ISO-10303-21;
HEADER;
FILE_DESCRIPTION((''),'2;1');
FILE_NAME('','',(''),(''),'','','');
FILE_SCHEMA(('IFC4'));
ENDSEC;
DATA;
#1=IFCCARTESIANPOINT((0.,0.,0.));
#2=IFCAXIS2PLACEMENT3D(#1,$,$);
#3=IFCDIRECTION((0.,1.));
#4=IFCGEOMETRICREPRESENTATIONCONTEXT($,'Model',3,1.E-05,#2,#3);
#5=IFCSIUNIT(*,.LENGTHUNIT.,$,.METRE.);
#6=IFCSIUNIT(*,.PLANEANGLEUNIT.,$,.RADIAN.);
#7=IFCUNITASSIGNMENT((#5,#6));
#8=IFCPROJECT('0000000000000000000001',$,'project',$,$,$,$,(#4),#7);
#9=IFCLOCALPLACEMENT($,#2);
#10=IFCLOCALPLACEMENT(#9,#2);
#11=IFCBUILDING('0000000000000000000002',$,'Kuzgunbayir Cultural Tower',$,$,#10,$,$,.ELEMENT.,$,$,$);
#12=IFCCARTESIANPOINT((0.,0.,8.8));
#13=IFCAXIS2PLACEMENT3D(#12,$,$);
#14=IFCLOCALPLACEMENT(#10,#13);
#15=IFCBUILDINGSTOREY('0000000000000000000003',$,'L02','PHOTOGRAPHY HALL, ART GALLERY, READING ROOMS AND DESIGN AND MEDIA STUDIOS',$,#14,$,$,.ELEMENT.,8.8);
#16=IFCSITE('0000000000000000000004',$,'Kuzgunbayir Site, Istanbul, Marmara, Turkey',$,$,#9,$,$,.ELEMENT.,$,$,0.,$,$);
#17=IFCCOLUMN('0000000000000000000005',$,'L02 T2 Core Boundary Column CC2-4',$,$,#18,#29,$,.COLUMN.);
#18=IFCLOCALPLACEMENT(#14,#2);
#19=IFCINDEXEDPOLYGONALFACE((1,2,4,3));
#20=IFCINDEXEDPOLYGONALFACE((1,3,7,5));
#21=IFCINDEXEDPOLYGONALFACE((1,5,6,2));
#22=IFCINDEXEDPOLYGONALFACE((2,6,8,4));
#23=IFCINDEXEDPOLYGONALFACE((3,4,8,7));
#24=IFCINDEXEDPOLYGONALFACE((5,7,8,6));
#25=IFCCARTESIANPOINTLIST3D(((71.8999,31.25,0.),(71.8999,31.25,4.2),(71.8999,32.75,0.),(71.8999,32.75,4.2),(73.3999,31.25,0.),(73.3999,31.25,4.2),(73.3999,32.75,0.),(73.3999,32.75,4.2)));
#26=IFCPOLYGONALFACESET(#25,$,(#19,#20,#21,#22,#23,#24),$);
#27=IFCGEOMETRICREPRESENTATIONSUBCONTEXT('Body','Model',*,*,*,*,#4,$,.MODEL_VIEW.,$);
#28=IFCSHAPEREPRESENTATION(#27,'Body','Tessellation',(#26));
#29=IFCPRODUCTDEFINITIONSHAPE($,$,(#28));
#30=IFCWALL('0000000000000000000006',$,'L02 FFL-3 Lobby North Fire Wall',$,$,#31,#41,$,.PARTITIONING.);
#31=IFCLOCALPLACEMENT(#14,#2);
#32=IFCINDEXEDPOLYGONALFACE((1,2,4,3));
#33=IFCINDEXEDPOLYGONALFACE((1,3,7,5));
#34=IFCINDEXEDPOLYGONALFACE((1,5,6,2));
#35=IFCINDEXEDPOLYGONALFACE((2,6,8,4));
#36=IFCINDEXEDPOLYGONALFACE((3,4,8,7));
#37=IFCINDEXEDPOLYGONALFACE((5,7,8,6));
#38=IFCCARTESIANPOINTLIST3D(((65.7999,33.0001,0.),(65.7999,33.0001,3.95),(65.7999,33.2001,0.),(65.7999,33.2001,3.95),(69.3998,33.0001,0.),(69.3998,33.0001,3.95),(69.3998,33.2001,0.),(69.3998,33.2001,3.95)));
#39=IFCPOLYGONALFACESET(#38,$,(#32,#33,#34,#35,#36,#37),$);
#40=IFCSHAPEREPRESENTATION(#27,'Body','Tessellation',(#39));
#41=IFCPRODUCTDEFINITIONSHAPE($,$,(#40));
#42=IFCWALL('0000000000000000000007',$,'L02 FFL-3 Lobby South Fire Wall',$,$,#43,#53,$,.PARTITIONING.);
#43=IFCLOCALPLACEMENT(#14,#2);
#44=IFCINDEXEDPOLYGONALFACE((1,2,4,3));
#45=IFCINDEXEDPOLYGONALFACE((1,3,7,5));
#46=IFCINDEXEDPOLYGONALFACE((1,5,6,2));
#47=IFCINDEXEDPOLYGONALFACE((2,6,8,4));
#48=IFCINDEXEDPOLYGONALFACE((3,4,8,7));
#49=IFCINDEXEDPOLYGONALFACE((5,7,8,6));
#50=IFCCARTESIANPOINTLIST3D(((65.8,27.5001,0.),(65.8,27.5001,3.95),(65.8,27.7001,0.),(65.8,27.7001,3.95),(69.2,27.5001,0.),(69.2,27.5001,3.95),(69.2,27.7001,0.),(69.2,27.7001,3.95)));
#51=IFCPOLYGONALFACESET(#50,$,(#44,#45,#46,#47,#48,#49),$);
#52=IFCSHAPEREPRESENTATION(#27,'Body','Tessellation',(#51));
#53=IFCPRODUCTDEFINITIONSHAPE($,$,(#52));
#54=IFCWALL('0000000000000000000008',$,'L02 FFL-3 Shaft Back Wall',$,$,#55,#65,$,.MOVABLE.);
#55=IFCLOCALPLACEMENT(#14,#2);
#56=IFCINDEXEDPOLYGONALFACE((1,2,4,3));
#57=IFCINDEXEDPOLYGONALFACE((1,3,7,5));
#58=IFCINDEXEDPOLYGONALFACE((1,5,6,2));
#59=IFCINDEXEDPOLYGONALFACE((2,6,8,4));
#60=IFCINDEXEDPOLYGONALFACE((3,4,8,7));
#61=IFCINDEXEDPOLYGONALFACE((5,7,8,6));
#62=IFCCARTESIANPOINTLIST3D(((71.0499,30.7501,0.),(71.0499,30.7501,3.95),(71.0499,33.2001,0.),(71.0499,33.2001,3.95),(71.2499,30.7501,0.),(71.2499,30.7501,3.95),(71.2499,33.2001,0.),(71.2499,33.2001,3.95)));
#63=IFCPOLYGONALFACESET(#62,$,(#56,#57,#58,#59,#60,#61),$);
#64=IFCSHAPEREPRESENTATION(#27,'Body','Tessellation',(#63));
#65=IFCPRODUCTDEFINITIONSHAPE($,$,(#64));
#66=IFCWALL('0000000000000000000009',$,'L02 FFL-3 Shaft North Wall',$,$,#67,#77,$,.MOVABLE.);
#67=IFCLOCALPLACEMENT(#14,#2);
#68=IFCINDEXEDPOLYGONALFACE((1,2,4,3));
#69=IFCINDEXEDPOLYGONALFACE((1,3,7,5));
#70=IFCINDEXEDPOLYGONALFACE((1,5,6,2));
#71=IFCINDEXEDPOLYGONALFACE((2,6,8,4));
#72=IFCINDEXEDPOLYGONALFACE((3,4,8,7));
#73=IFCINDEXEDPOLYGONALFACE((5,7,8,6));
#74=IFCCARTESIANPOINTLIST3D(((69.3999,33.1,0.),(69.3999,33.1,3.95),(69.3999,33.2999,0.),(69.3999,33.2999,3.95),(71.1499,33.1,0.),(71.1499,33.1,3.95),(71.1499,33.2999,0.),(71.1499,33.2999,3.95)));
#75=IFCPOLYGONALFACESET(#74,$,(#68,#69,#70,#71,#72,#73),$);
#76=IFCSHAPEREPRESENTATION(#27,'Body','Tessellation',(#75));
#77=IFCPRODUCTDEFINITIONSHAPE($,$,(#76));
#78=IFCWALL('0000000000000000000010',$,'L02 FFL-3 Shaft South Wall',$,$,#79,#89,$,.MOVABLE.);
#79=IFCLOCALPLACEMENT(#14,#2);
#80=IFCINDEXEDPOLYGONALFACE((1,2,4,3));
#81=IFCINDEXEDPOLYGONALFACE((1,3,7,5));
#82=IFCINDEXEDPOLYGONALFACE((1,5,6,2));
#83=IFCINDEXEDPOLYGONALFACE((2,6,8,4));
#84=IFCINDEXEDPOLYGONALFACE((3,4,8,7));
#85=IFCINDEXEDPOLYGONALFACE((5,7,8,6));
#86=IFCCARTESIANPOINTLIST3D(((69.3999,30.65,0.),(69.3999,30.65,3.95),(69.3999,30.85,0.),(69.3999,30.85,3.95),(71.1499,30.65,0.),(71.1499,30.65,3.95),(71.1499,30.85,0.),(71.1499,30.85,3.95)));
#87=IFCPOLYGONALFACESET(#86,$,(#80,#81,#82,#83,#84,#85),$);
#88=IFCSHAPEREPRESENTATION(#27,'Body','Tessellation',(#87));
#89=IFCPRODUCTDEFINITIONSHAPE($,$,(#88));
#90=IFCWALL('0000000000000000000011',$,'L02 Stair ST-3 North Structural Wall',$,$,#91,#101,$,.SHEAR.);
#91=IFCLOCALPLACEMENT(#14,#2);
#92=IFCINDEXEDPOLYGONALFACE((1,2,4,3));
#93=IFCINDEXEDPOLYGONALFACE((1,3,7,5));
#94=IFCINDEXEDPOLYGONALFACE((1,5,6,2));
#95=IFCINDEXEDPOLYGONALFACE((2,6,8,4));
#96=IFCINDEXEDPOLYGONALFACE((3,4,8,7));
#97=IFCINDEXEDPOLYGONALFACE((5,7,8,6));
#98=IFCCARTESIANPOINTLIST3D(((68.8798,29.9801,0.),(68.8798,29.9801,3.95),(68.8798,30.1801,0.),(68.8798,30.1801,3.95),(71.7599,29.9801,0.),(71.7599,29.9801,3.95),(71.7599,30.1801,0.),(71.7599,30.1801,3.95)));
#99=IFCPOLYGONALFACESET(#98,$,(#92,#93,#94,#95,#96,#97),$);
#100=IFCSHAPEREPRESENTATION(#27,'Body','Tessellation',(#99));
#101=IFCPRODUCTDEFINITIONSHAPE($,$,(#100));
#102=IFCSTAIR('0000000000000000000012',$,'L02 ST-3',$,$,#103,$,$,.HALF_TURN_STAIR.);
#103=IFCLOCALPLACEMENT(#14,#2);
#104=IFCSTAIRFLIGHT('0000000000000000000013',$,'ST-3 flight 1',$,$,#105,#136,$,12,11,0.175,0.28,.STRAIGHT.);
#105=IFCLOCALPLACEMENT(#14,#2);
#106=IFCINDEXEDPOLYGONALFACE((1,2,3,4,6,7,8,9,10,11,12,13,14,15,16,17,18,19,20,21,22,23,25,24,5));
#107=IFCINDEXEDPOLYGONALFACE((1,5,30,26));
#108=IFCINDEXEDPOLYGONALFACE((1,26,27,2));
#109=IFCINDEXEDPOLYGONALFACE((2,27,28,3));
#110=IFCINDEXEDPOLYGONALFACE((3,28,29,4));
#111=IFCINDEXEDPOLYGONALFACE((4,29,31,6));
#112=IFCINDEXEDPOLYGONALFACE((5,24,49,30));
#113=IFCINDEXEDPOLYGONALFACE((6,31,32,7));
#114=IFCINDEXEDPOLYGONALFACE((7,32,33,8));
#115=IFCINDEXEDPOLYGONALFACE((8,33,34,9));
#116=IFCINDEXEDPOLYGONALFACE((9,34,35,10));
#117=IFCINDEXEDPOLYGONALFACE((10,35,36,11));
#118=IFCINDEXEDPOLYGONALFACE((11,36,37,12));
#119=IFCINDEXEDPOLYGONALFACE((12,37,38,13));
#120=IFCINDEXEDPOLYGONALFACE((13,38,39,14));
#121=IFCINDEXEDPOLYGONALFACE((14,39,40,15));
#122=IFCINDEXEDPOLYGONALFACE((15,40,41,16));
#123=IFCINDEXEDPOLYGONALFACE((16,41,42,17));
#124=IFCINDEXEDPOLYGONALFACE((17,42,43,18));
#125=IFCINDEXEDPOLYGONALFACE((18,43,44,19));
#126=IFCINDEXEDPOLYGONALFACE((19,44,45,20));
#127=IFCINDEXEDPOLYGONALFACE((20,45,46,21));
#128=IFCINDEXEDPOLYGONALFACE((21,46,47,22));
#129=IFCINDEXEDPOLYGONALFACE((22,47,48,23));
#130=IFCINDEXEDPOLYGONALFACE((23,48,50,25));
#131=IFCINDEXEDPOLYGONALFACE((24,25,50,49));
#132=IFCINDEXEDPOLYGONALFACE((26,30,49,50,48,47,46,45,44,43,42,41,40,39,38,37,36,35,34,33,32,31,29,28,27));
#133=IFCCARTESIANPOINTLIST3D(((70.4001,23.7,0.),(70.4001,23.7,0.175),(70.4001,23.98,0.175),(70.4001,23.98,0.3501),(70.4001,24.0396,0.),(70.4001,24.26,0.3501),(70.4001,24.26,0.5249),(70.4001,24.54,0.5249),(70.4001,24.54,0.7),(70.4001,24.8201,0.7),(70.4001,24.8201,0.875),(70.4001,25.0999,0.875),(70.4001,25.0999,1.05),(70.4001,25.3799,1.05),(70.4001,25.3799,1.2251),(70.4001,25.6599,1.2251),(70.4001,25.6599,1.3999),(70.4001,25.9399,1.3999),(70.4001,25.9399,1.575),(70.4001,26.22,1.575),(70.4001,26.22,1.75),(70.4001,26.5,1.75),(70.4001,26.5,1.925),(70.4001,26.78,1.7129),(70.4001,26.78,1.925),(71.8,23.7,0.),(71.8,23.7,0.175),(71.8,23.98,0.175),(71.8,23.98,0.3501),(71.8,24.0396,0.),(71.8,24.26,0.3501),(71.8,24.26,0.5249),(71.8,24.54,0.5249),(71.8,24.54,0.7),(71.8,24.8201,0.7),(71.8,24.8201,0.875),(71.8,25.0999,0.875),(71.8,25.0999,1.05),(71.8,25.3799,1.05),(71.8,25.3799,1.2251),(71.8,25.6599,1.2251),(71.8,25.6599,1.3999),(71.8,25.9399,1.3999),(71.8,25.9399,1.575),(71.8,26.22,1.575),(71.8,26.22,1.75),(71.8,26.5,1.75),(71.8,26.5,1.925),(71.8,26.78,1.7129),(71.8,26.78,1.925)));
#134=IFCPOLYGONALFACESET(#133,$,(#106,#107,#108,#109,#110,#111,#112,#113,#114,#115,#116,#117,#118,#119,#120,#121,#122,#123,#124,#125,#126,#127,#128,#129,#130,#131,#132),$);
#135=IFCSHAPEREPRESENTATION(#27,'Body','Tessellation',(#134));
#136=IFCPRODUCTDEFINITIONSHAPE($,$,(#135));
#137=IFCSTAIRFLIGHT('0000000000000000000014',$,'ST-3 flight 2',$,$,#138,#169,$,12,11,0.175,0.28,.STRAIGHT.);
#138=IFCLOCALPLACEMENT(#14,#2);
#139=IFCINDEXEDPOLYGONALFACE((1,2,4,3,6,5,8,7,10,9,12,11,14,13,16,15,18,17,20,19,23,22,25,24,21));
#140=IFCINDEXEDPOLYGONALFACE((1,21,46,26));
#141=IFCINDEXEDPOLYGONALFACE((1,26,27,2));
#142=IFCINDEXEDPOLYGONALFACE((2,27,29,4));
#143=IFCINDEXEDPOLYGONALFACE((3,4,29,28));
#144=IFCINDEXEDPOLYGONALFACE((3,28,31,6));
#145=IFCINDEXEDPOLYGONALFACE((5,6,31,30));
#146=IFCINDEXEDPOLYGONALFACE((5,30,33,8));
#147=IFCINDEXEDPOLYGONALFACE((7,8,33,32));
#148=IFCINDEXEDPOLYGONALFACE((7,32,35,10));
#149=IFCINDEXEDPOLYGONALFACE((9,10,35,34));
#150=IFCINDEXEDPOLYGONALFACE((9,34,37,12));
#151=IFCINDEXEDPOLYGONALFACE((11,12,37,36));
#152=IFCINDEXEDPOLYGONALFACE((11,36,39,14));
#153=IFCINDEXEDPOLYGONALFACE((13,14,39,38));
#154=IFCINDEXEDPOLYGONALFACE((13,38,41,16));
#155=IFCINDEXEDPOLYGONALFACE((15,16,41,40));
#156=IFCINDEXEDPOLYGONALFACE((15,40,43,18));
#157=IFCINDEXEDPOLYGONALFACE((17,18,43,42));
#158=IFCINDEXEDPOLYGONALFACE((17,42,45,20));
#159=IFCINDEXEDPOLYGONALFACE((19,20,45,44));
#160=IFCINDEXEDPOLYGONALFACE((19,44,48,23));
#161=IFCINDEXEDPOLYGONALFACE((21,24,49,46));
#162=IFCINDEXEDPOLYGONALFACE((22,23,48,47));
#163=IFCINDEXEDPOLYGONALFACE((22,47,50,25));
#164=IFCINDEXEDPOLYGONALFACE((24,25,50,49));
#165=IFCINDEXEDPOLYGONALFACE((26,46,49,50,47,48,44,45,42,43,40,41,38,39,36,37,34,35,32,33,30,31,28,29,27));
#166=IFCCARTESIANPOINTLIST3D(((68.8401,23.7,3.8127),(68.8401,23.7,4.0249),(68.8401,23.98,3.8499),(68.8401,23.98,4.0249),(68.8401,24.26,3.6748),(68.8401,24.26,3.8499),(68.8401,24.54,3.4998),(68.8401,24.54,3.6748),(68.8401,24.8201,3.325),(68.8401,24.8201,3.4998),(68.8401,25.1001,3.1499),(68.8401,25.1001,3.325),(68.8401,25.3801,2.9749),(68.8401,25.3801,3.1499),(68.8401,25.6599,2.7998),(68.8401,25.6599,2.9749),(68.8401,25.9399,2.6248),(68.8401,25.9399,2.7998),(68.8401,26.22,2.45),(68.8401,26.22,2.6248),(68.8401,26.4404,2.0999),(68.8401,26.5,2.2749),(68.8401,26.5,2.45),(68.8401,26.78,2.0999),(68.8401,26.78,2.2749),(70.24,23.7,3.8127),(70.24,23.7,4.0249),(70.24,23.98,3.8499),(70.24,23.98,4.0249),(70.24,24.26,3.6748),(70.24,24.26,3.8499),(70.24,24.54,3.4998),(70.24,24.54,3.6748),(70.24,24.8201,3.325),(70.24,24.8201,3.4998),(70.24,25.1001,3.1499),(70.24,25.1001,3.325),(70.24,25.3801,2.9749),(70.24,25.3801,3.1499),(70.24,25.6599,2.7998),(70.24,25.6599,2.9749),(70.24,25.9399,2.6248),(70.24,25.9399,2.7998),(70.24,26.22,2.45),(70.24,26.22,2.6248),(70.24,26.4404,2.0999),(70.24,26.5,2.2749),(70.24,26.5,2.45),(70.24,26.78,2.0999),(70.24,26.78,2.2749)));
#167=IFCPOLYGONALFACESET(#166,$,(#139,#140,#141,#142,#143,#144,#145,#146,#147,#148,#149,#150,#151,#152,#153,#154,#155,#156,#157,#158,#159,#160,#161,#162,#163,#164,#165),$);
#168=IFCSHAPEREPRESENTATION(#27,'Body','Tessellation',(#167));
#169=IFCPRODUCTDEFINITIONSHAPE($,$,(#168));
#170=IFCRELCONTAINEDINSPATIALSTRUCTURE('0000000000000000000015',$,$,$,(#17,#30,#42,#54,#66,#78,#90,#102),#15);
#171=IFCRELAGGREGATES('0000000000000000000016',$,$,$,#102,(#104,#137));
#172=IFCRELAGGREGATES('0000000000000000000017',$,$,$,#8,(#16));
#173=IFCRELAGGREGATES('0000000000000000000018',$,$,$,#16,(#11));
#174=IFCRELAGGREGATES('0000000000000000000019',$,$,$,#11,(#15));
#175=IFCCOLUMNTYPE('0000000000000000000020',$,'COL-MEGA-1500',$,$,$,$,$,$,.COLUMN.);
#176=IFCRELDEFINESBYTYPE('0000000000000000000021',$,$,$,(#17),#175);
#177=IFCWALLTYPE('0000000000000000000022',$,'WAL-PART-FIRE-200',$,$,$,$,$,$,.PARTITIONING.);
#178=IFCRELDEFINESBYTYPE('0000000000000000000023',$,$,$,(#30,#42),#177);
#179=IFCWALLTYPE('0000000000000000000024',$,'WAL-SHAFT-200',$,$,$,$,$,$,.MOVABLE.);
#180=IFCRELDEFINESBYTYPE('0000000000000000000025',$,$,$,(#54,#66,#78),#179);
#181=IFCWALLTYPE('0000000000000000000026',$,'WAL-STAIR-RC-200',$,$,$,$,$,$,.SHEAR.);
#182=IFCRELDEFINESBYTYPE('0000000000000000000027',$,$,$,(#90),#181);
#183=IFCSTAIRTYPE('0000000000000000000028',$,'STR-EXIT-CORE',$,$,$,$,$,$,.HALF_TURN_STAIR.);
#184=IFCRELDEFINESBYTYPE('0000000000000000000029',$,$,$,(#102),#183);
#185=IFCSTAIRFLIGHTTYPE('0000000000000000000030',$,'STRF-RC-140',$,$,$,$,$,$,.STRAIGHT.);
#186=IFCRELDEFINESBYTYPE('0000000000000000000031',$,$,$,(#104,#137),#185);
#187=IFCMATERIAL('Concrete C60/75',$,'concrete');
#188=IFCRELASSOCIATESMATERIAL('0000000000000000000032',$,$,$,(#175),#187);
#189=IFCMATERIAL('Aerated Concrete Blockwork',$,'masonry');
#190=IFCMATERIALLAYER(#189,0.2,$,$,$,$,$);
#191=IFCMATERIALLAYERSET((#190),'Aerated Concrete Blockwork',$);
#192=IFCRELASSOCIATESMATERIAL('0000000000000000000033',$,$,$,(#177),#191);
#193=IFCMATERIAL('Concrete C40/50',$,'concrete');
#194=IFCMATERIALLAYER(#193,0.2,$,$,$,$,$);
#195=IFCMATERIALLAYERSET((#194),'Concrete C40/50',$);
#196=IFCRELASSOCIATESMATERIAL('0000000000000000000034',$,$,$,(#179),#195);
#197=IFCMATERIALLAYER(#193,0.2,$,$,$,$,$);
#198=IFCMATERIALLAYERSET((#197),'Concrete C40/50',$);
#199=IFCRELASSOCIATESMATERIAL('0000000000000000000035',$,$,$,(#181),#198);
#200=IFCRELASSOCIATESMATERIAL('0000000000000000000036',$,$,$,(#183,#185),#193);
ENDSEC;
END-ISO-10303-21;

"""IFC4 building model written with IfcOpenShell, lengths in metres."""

from ifc_helpers import new_model, si_unit, direction, frame, frame_2d, origin, origin_2d, place, context, subcontext, project, spatial, polyline, rectangle, outline, extrude, material, layer, layer_set, material_profile, profile_set, type_object, element, aggregate, save


model = new_model("IFC4")

# Units and contexts
model_context = context("Model", 3, precision=1e-05, world=origin(), true_north=direction((0.0, 1.0)))
body_context = subcontext(model_context, "Body", "Model", "MODEL_VIEW")
ifc_project = project(units=[si_unit("LENGTHUNIT", "METRE"), si_unit("PLANEANGLEUNIT", "RADIAN")], contexts=[model_context])

# Site, building, storey
site_placement = place(None, origin())
site = spatial("IfcSite", under=ifc_project, at=site_placement, Name="Kuzgunbayir Site, Istanbul, Marmara, Turkey", CompositionType="ELEMENT", RefElevation=0.0)
building_placement = place(site_placement, origin())
building = spatial("IfcBuilding", under=site, at=building_placement, Name="Kuzgunbayir Cultural Tower", CompositionType="ELEMENT")
storey_placement = place(building_placement, frame((0.0, 0.0, 8.8)))
storey = spatial("IfcBuildingStorey", under=building, at=storey_placement, Name="L02", Description="PHOTOGRAPHY HALL, ART GALLERY, READING ROOMS AND DESIGN AND MEDIA STUDIOS", CompositionType="ELEMENT", Elevation=8.8)

# Column
ifc_material_1 = material(Name="Concrete C60/75", Category="concrete")
ifc_material_profile = material_profile(ifc_material_1, rectangle(XDim=1.5, YDim=1.5, at=origin_2d()), Name="RC 1500x1500")
ifc_profile_set = profile_set([ifc_material_profile], Name="Concrete C60/75")
column_type = type_object("IfcColumnType", Name="COL-MEGA-1500", PredefinedType="COLUMN", material=ifc_profile_set)
column_placement = place(storey_placement, frame((72.6499, 32.0, 0.0), z_axis=(0.0, 0.0, 1.0), x_axis=(1.0, 0.0, 0.0)))
element("IfcColumn", 1, at=column_placement, inside=storey, type_object=column_type, Name="L02 T2 Core Boundary Column CC2-4", PredefinedType="COLUMN", context=body_context, shape_type="SweptSolid", body=[
    extrude(rectangle(XDim=1.5, YDim=1.5, at=origin_2d()), origin(), (0.0, 0.0, 1.0), 4.2),
])

# Shared definitions
ifc_material_2 = material(Name="Aerated Concrete Blockwork", Category="masonry")
ifc_layer_1 = layer(ifc_material_2, 0.2)
ifc_layer_set_1 = layer_set([ifc_layer_1], Name="Aerated Concrete Blockwork")
wall_type_1 = type_object("IfcWallType", Name="WAL-PART-FIRE-200", PredefinedType="PARTITIONING", material=ifc_layer_set_1)

# Walls
wall_1_placement = place(storey_placement, frame((65.8, 33.1001, 0.0), z_axis=(0.0, 0.0, 1.0), x_axis=(1.0, 0.0, 0.0)))
element("IfcWall", 2, at=wall_1_placement, inside=storey, type_object=wall_type_1, Name="L02 FFL-3 Lobby North Fire Wall", PredefinedType="PARTITIONING", context=body_context, shape_type="SweptSolid", body=[
    extrude(rectangle(XDim=3.5999, YDim=0.2, at=frame_2d((1.7998, 0.0))), origin(), (0.0, 0.0, 1.0), 3.95),
])
wall_2_placement = place(storey_placement, frame((65.8, 27.6001, 0.0), z_axis=(0.0, 0.0, 1.0), x_axis=(1.0, 0.0, 0.0)))
element("IfcWall", 3, at=wall_2_placement, inside=storey, type_object=wall_type_1, Name="L02 FFL-3 Lobby South Fire Wall", PredefinedType="PARTITIONING", context=body_context, shape_type="SweptSolid", body=[
    extrude(rectangle(XDim=3.3999, YDim=0.2, at=frame_2d((1.7, 0.0))), origin(), (0.0, 0.0, 1.0), 3.95),
])

# Shared definitions
ifc_material_3 = material(Name="Concrete C40/50", Category="concrete")
ifc_layer_2 = layer(ifc_material_3, 0.2)
ifc_layer_set_2 = layer_set([ifc_layer_2], Name="Concrete C40/50")
wall_type_2 = type_object("IfcWallType", Name="WAL-SHAFT-200", PredefinedType="MOVABLE", material=ifc_layer_set_2)

# Walls
wall_3_placement = place(storey_placement, frame((71.1499, 30.75, 0.0), z_axis=(0.0, 0.0, 1.0), x_axis=(0.0, 1.0, 0.0)))
element("IfcWall", 4, at=wall_3_placement, inside=storey, type_object=wall_type_2, Name="L02 FFL-3 Shaft Back Wall", PredefinedType="MOVABLE", context=body_context, shape_type="SweptSolid", body=[
    extrude(rectangle(XDim=2.45, YDim=0.2, at=frame_2d((1.2251, 0.0))), origin(), (0.0, 0.0, 1.0), 3.95),
])
for number, where, z_axis, x_axis, name in (
    (5, (69.3999, 33.2, 0.0), (0.0, 0.0, 1.0), (1.0, 0.0, 0.0), "L02 FFL-3 Shaft North Wall"),
    (6, (69.3999, 30.75, 0.0), (0.0, 0.0, 1.0), (1.0, 0.0, 0.0), "L02 FFL-3 Shaft South Wall"),
):
    element("IfcWall", number, at=place(storey_placement, frame(where, z_axis=z_axis, x_axis=x_axis)), inside=storey, type_object=wall_type_2, Name=name, PredefinedType="MOVABLE", context=body_context, shape_type="SweptSolid", body=[
        extrude(rectangle(XDim=1.75, YDim=0.2, at=frame_2d((0.875, 0.0))), origin(), (0.0, 0.0, 1.0), 3.95),
    ])
ifc_layer_3 = layer(ifc_material_3, 0.2)
ifc_layer_set_3 = layer_set([ifc_layer_3], Name="Concrete C40/50")
wall_type_3 = type_object("IfcWallType", Name="WAL-STAIR-RC-200", PredefinedType="SHEAR", material=ifc_layer_set_3)
wall_4_placement = place(storey_placement, frame((68.8799, 30.0801, 0.0), z_axis=(0.0, 0.0, 1.0), x_axis=(1.0, 0.0, 0.0)))
element("IfcWall", 7, at=wall_4_placement, inside=storey, type_object=wall_type_3, Name="L02 Stair ST-3 North Structural Wall", PredefinedType="SHEAR", context=body_context, shape_type="SweptSolid", body=[
    extrude(rectangle(XDim=2.8801, YDim=0.2, at=frame_2d((1.4399, 0.0))), origin(), (0.0, 0.0, 1.0), 3.95),
])

# Stair, stair flights
stair_type = type_object("IfcStairType", Name="STR-EXIT-CORE", PredefinedType="HALF_TURN_STAIR", material=ifc_material_3)
stair_placement = place(storey_placement, origin())
stair = element("IfcStair", 8, at=stair_placement, inside=storey, type_object=stair_type, Name="L02 ST-3", PredefinedType="HALF_TURN_STAIR")
stair_flight_type = type_object("IfcStairFlightType", Name="STRF-RC-140", PredefinedType="STRAIGHT", material=ifc_material_3)
stair_flight_1_placement = place(storey_placement, frame((71.1001, 23.7, 0.0), z_axis=(0.0, 0.0, 1.0), x_axis=(0.0, 1.0, 0.0)))
stair_flight_1 = element("IfcStairFlight", 9, at=stair_flight_1_placement, type_object=stair_flight_type, Name="ST-3 flight 1", NumberOfRisers=12, NumberOfTreads=11, PredefinedType="STRAIGHT", RiserHeight=0.175, TreadLength=0.28, context=body_context, shape_type="SweptSolid", body=[
    extrude(outline(polyline([(0.0, 0.0), (0.0, 0.175), (0.28, 0.175), (0.28, 0.3501), (0.5601, 0.3501), (0.5601, 0.5249), (0.8401, 0.5249), (0.8401, 0.7), (1.1201, 0.7), (1.1201, 0.875), (1.3999, 0.875), (1.3999, 1.05), (1.6799, 1.05), (1.6799, 1.2251), (1.96, 1.2251), (1.96, 1.3999), (2.24, 1.3999), (2.24, 1.575), (2.52, 1.575), (2.52, 1.75), (2.8, 1.75), (2.8, 1.925), (3.0801, 1.925), (3.0801, 2.1001), (3.0801, 1.7129), (0.3396, 0.0), (0.0, 0.0)])), frame((0.0, 0.7, 0.0), z_axis=(0.0, -1.0, 0.0), x_axis=(1.0, 0.0, 0.0)), (0.0, 0.0, 1.0), 1.3999),
])
stair_flight_2_placement = place(storey_placement, frame((69.54, 26.78, 2.0999), z_axis=(0.0, 0.0, 1.0), x_axis=(0.0, -1.0, 0.0)))
stair_flight_2 = element("IfcStairFlight", 10, at=stair_flight_2_placement, type_object=stair_flight_type, Name="ST-3 flight 2", NumberOfRisers=12, NumberOfTreads=11, PredefinedType="STRAIGHT", RiserHeight=0.175, TreadLength=0.28, context=body_context, shape_type="SweptSolid", body=[
    extrude(outline(polyline([(0.0, 0.0), (0.0, 0.175), (0.28, 0.175), (0.28, 0.3501), (0.5601, 0.3501), (0.5601, 0.5249), (0.8401, 0.5249), (0.8401, 0.7), (1.1201, 0.7), (1.1201, 0.875), (1.3999, 0.875), (1.3999, 1.05), (1.6799, 1.05), (1.6799, 1.2251), (1.96, 1.2251), (1.96, 1.3999), (2.24, 1.3999), (2.24, 1.575), (2.52, 1.575), (2.52, 1.75), (2.8, 1.75), (2.8, 1.925), (3.0801, 1.925), (3.0801, 2.1001), (3.0801, 1.7129), (0.3396, 0.0), (0.0, 0.0)])), frame((0.0, 0.7, 0.0), z_axis=(0.0, -1.0, 0.0), x_axis=(1.0, 0.0, 0.0)), (0.0, 0.0, 1.0), 1.3999),
])
aggregate(stair, [stair_flight_1, stair_flight_2])

save(model, "model.ifc")
